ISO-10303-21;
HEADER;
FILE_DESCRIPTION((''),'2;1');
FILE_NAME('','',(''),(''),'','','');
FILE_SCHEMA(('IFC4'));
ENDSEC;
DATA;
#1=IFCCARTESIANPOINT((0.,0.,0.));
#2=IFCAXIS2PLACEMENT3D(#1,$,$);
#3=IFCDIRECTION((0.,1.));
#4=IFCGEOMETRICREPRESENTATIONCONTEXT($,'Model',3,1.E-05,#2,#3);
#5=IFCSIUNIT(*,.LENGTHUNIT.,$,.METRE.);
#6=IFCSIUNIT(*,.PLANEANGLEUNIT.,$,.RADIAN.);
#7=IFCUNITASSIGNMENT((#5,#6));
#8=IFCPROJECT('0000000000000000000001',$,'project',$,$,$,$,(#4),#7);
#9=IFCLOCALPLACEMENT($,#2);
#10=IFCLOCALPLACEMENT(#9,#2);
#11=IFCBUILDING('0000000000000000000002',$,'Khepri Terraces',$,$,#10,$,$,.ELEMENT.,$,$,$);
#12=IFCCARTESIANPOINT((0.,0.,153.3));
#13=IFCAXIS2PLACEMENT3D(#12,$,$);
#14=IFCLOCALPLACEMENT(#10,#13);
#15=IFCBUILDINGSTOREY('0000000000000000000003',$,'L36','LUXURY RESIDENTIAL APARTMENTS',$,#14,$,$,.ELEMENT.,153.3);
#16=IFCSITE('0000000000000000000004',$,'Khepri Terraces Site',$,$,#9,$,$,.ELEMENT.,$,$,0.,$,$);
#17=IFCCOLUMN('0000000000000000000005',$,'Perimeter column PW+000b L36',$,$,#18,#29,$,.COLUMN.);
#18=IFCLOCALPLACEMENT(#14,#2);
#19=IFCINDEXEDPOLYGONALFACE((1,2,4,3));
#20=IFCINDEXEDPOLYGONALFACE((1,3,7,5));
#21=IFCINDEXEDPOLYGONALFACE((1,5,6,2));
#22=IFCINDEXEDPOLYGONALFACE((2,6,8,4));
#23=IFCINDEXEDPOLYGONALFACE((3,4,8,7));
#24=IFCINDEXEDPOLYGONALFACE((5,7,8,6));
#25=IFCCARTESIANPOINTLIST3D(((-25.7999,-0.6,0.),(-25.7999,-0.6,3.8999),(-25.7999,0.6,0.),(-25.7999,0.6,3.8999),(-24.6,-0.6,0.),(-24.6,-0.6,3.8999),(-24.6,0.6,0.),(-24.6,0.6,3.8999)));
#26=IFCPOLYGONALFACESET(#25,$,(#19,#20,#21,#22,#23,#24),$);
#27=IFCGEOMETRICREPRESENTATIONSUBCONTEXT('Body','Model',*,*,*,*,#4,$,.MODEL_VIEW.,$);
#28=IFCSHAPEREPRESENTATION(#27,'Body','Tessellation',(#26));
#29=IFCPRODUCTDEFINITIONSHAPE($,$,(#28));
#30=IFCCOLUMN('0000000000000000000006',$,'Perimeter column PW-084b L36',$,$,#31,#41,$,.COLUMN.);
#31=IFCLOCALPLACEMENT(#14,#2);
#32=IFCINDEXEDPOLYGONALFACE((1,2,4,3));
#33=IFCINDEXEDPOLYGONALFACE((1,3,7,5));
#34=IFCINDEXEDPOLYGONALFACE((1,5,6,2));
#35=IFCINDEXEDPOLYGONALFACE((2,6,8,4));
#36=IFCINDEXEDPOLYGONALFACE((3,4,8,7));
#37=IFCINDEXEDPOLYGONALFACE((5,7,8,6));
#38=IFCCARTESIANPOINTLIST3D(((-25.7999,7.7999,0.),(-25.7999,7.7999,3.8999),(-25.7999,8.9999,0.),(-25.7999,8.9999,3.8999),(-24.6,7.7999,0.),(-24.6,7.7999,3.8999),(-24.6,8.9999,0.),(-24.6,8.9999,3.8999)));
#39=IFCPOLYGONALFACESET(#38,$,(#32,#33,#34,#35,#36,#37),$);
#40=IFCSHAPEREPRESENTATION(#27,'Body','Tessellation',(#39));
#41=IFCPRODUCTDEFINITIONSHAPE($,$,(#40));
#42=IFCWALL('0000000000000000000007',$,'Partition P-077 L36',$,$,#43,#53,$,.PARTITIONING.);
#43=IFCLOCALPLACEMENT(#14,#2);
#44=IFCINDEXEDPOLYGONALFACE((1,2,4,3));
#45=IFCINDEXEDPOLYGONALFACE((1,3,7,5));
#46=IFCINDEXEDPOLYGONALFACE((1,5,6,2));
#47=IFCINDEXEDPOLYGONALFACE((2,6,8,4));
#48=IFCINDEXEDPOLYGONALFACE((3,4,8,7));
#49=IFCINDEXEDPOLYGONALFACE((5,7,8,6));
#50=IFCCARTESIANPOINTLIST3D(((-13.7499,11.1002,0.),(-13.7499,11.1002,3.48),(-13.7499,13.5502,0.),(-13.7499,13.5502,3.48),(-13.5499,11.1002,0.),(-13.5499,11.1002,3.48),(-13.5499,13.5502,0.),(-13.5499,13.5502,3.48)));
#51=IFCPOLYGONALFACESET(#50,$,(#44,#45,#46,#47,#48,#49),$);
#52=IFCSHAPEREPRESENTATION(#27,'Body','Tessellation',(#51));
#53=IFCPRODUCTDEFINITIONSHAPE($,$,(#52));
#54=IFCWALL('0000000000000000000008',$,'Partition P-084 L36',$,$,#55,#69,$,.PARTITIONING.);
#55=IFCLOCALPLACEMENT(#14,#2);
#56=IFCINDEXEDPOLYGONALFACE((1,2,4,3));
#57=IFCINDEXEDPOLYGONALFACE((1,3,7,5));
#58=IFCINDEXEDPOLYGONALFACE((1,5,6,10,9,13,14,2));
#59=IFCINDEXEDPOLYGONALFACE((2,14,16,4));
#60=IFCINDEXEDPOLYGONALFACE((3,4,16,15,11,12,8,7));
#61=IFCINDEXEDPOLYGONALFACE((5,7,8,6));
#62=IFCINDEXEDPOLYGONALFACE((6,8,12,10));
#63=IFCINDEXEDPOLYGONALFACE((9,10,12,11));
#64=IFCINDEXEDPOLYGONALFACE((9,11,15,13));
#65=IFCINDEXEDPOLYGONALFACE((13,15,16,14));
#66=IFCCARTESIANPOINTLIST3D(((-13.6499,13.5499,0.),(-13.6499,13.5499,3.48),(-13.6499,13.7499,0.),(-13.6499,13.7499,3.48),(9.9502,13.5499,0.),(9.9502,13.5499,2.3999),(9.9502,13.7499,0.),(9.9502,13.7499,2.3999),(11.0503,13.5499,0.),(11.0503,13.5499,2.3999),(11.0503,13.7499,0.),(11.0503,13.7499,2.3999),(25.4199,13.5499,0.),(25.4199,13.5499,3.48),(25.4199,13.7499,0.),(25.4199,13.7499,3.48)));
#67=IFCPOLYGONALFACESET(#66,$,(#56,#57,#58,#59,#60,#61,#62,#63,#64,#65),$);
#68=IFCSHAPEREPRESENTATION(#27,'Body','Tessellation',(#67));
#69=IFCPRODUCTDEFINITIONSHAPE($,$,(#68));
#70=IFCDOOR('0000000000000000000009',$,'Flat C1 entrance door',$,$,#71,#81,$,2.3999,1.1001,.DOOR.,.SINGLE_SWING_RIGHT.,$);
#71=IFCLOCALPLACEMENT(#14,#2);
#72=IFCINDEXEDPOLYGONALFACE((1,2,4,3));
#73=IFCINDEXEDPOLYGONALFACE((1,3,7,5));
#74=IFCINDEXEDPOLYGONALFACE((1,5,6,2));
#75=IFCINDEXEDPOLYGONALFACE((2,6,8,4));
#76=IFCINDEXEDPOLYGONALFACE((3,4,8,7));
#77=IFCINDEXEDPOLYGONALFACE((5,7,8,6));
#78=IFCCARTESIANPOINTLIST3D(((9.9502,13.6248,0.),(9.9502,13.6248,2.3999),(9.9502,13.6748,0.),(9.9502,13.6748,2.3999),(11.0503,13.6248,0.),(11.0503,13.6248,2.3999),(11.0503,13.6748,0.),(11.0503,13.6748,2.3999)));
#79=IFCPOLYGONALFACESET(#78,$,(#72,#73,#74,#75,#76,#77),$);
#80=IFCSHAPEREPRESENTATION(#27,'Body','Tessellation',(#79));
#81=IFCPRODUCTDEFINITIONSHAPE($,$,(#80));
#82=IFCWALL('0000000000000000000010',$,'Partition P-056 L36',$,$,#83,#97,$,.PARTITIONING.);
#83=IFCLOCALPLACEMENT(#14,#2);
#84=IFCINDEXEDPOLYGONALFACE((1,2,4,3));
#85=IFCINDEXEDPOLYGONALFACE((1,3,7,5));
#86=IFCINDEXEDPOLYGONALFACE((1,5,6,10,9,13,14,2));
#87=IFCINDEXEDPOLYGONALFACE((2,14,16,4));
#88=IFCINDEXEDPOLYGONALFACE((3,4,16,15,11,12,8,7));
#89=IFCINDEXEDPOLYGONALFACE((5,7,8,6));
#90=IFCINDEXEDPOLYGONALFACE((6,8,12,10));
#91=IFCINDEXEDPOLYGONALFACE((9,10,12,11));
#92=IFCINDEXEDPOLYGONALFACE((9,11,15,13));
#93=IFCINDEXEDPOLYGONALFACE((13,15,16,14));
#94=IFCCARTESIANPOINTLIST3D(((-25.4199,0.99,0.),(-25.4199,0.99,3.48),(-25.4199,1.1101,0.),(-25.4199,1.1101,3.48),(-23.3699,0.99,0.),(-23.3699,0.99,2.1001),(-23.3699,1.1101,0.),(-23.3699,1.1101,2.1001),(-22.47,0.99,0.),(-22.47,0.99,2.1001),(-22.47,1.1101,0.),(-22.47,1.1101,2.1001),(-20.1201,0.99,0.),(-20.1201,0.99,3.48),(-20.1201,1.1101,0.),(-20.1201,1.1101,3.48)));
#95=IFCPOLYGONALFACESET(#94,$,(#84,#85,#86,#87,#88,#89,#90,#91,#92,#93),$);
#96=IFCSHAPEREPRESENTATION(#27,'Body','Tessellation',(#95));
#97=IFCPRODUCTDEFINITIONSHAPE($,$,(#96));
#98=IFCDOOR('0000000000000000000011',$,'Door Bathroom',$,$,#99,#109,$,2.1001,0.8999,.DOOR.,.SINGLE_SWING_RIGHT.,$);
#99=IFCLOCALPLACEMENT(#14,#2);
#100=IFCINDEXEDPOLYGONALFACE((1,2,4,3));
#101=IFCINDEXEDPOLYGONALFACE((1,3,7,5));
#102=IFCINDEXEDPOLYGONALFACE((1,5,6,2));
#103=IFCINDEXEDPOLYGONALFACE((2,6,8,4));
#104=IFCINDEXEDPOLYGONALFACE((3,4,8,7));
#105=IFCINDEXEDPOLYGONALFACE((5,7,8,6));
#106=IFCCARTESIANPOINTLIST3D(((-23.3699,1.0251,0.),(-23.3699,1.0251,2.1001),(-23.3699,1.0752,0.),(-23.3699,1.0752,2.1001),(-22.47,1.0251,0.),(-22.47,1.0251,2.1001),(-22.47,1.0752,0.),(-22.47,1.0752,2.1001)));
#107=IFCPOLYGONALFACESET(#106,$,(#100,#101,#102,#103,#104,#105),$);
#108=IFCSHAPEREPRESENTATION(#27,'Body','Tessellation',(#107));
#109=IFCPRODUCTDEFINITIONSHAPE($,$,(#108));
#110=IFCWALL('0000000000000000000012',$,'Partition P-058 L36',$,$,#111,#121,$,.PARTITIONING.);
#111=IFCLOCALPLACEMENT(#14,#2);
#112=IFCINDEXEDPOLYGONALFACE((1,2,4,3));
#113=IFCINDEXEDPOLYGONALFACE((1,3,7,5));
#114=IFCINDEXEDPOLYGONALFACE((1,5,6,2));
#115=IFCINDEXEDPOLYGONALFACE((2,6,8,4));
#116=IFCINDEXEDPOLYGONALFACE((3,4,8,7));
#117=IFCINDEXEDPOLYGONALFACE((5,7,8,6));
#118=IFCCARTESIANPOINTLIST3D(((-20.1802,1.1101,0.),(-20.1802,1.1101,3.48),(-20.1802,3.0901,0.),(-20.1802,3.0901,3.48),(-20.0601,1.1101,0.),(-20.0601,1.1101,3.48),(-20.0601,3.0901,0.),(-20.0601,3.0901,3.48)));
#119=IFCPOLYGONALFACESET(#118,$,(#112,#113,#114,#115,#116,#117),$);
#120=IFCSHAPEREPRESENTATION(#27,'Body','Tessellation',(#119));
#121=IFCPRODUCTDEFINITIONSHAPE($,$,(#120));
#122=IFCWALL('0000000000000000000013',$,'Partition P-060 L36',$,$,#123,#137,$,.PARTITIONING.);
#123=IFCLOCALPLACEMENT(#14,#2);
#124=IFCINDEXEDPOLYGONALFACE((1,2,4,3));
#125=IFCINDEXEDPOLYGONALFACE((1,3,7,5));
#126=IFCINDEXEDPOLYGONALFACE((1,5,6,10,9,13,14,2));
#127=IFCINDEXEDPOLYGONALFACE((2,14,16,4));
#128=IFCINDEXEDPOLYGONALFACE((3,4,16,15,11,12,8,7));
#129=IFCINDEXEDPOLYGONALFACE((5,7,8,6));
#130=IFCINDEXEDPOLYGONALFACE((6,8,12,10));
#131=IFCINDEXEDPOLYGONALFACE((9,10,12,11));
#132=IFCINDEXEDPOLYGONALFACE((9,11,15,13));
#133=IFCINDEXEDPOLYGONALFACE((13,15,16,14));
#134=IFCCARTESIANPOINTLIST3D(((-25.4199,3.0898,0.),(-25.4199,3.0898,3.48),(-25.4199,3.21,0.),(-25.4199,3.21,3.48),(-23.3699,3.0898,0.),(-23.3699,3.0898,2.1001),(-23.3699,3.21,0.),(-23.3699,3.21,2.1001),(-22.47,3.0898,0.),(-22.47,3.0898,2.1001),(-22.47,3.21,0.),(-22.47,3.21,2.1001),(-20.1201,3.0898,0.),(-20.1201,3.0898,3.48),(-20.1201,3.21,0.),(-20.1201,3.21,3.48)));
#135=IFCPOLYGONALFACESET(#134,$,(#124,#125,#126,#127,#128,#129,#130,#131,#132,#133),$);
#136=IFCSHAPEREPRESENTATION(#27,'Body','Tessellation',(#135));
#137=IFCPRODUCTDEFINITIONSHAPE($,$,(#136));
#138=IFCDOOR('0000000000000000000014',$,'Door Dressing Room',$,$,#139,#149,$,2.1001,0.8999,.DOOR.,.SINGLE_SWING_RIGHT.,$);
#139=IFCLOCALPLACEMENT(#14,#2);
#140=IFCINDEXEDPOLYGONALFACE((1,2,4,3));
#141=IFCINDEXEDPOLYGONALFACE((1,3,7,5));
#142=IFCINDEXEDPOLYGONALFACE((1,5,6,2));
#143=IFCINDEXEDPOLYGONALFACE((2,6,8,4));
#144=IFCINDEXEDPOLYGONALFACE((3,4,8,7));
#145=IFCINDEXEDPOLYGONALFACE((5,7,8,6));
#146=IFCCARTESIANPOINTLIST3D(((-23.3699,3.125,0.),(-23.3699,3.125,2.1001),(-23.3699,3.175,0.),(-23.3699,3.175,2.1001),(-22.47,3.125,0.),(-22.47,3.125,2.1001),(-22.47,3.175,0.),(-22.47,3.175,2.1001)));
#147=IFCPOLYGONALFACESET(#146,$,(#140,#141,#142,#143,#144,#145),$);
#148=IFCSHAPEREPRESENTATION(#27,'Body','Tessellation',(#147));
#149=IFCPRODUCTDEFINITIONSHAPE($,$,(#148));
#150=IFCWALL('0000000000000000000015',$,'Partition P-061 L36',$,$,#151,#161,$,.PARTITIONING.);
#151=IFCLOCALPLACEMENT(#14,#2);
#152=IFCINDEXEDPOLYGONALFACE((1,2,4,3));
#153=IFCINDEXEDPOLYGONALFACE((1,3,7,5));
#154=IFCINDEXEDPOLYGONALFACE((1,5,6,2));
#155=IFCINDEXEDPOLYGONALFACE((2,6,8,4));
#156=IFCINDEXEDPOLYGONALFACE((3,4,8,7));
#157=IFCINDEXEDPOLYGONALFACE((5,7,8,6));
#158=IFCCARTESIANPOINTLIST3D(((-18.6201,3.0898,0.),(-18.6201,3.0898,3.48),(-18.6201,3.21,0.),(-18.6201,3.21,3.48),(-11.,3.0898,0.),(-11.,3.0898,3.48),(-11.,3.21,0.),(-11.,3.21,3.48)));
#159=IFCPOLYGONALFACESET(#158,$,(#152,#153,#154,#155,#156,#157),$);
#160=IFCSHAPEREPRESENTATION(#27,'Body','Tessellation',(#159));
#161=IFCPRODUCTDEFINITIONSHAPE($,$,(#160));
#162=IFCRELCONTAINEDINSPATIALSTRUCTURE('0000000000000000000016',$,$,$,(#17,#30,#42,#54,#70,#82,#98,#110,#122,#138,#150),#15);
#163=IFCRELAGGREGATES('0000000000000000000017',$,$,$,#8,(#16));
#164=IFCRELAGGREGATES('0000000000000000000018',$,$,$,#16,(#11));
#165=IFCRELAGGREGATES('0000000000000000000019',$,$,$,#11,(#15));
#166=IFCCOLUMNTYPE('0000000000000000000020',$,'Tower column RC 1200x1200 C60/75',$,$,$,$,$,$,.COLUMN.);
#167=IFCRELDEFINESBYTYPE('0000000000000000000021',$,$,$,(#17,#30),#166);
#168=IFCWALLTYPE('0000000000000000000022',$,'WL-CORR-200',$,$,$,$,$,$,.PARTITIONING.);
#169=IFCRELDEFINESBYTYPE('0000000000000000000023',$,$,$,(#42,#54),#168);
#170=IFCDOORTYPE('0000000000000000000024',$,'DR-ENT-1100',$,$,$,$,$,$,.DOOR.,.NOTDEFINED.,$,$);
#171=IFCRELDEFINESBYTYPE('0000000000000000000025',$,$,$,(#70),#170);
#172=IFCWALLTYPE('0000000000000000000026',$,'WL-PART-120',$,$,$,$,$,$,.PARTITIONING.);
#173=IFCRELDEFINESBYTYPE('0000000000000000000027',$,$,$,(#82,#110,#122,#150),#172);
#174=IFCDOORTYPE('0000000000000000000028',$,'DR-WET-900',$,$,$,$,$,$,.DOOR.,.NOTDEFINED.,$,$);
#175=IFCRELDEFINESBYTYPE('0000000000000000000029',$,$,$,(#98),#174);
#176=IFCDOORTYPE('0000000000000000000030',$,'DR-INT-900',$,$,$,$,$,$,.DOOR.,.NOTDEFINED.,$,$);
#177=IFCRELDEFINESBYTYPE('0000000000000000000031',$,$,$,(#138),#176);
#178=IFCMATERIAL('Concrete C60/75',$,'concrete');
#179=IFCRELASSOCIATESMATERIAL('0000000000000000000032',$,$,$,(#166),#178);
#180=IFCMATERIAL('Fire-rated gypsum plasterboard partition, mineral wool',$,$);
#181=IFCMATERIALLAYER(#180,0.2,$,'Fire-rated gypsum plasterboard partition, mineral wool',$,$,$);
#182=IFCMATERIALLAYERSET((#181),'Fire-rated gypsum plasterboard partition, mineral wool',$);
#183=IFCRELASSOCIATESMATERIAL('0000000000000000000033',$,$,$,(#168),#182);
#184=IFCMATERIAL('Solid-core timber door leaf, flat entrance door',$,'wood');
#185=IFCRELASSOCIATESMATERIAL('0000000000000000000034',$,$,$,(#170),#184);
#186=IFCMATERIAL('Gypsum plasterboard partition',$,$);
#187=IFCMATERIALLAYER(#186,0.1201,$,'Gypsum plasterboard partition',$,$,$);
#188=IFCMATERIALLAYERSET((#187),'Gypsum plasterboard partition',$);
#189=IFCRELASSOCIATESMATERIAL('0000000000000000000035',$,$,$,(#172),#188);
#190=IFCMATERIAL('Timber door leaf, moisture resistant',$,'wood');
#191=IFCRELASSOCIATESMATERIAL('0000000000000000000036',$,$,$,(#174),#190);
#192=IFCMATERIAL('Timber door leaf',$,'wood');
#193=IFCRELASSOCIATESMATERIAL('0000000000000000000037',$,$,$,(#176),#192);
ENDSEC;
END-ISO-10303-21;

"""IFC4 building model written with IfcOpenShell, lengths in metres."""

from ifc_helpers import new_model, si_unit, direction, frame, frame_2d, origin, origin_2d, place, context, subcontext, project, spatial, rectangle, extrude, material, layer, layer_set, material_profile, profile_set, type_object, element, fill, save


model = new_model("IFC4")

# Units and contexts
model_context = context("Model", 3, precision=1e-05, world=origin(), true_north=direction((0.0, 1.0)))
body_context = subcontext(model_context, "Body", "Model", "MODEL_VIEW")
ifc_project = project(units=[si_unit("LENGTHUNIT", "METRE"), si_unit("PLANEANGLEUNIT", "RADIAN")], contexts=[model_context])

# Site, building, storey
site_placement = place(None, origin())
site = spatial("IfcSite", under=ifc_project, at=site_placement, Name="Khepri Terraces Site", CompositionType="ELEMENT", RefElevation=0.0)
building_placement = place(site_placement, origin())
building = spatial("IfcBuilding", under=site, at=building_placement, Name="Khepri Terraces", CompositionType="ELEMENT")
storey_placement = place(building_placement, frame((0.0, 0.0, 153.3)))
storey = spatial("IfcBuildingStorey", under=building, at=storey_placement, Name="L36", Description="LUXURY RESIDENTIAL APARTMENTS", CompositionType="ELEMENT", Elevation=153.3)

# Columns
ifc_material_1 = material(Name="Concrete C60/75", Category="concrete")
ifc_material_profile = material_profile(ifc_material_1, rectangle(XDim=1.2, YDim=1.2, at=origin_2d()), Name="Concrete C60/75", Category="concrete")
ifc_profile_set = profile_set([ifc_material_profile], Name="Concrete C60/75")
column_type = type_object("IfcColumnType", Name="Tower column RC 1200x1200 C60/75", PredefinedType="COLUMN", material=ifc_profile_set)
for number, where, z_axis, x_axis, name in (
    (1, (-25.2, 0.0, 0.0), (0.0, 0.0, 1.0), (1.0, 0.0, 0.0), "Perimeter column PW+000b L36"),
    (2, (-25.2, 8.3999, 0.0), (0.0, 0.0, 1.0), (1.0, 0.0, 0.0), "Perimeter column PW-084b L36"),
):
    element("IfcColumn", number, at=place(storey_placement, frame(where, z_axis=z_axis, x_axis=x_axis)), inside=storey, type_object=column_type, Name=name, PredefinedType="COLUMN", context=body_context, shape_type="SweptSolid", body=[
        extrude(rectangle(XDim=1.2, YDim=1.2, at=origin_2d()), origin(), (0.0, 0.0, 1.0), 3.8999),
    ])

# Shared definitions
ifc_material_2 = material(Name="Fire-rated gypsum plasterboard partition, mineral wool")
ifc_layer_1 = layer(ifc_material_2, 0.2, Name="Fire-rated gypsum plasterboard partition, mineral wool")
ifc_layer_set_1 = layer_set([ifc_layer_1], Name="Fire-rated gypsum plasterboard partition, mineral wool")
wall_type_1 = type_object("IfcWallType", Name="WL-CORR-200", PredefinedType="PARTITIONING", material=ifc_layer_set_1)
ifc_material_3 = material(Name="Solid-core timber door leaf, flat entrance door", Category="wood")
door_type_1 = type_object("IfcDoorType", Name="DR-ENT-1100", OperationType="NOTDEFINED", PredefinedType="DOOR", material=ifc_material_3)

# Wall
wall_1_placement = place(storey_placement, frame((-13.6499, 11.1001, 0.0), z_axis=(0.0, 0.0, 1.0), x_axis=(0.0, 1.0, 0.0)))
element("IfcWall", 3, at=wall_1_placement, inside=storey, type_object=wall_type_1, Name="Partition P-077 L36", PredefinedType="PARTITIONING", context=body_context, shape_type="SweptSolid", body=[
    extrude(rectangle(XDim=2.45, YDim=0.2, at=frame_2d((1.2251, 0.0))), origin(), (0.0, 0.0, 1.0), 3.48),
])

# Wall, opening, door
wall_2_placement = place(storey_placement, frame((-13.6499, 13.6499, 0.0), z_axis=(0.0, 0.0, 1.0), x_axis=(1.0, 0.0, 0.0)))
wall_2 = element("IfcWall", 4, at=wall_2_placement, inside=storey, type_object=wall_type_1, Name="Partition P-084 L36", PredefinedType="PARTITIONING", context=body_context, shape_type="SweptSolid", body=[
    extrude(rectangle(XDim=39.0698, YDim=0.2, at=frame_2d((19.5349, 0.0))), origin(), (0.0, 0.0, 1.0), 3.48),
])
opening_1_placement = place(wall_2_placement, frame((23.6001, 0.0, 0.0)))
opening_1 = element("IfcOpeningElement", 5, at=opening_1_placement, cuts=wall_2, PredefinedType="OPENING", context=body_context, shape_type="SweptSolid", body=[
    extrude(rectangle(XDim=1.1001, YDim=2.3999, at=frame_2d((0.55, 1.2))), frame((0.0, 0.1099, 0.0), z_axis=(0.0, -1.0, 0.0), x_axis=(1.0, 0.0, 0.0)), (0.0, 0.0, 1.0), 0.22),
])
door_1_placement = place(opening_1_placement, origin())
door_1 = element("IfcDoor", 6, at=door_1_placement, inside=storey, type_object=door_type_1, Name="Flat C1 entrance door", OperationType="SINGLE_SWING_RIGHT", OverallHeight=2.3999, OverallWidth=1.1001, PredefinedType="DOOR", context=body_context, shape_type="SweptSolid", body=[
    extrude(rectangle(XDim=1.1001, YDim=2.3999, at=frame_2d((0.55, 1.2))), frame((0.0, 0.0249, 0.0), z_axis=(0.0, -1.0, 0.0), x_axis=(1.0, 0.0, 0.0)), (0.0, 0.0, 1.0), 0.05),
])
fill(opening_1, door_1)

# Wall, opening, door
ifc_material_4 = material(Name="Gypsum plasterboard partition")
ifc_layer_2 = layer(ifc_material_4, 0.1201, Name="Gypsum plasterboard partition")
ifc_layer_set_2 = layer_set([ifc_layer_2], Name="Gypsum plasterboard partition")
wall_type_2 = type_object("IfcWallType", Name="WL-PART-120", PredefinedType="PARTITIONING", material=ifc_layer_set_2)
wall_3_placement = place(storey_placement, frame((-25.4199, 1.05, 0.0), z_axis=(0.0, 0.0, 1.0), x_axis=(1.0, 0.0, 0.0)))
wall_3 = element("IfcWall", 7, at=wall_3_placement, inside=storey, type_object=wall_type_2, Name="Partition P-056 L36", PredefinedType="PARTITIONING", context=body_context, shape_type="SweptSolid", body=[
    extrude(rectangle(XDim=5.2998, YDim=0.1201, at=frame_2d((2.6499, 0.0))), origin(), (0.0, 0.0, 1.0), 3.48),
])
opening_2_placement = place(wall_3_placement, frame((2.05, 0.0, 0.0)))
opening_2 = element("IfcOpeningElement", 8, at=opening_2_placement, cuts=wall_3, PredefinedType="OPENING", context=body_context, shape_type="SweptSolid", body=[
    extrude(rectangle(XDim=0.8999, YDim=2.1001, at=frame_2d((0.45, 1.05))), frame((0.0, 0.0701, 0.0), z_axis=(0.0, -1.0, 0.0), x_axis=(1.0, 0.0, 0.0)), (0.0, 0.0, 1.0), 0.1401),
])
ifc_material_5 = material(Name="Timber door leaf, moisture resistant", Category="wood")
door_type_2 = type_object("IfcDoorType", Name="DR-WET-900", OperationType="NOTDEFINED", PredefinedType="DOOR", material=ifc_material_5)
door_2_placement = place(opening_2_placement, frame((0.8999, 0.0, 0.0), z_axis=(0.0, 0.0, 1.0), x_axis=(-1.0, 0.0, 0.0)))
door_2 = element("IfcDoor", 9, at=door_2_placement, inside=storey, type_object=door_type_2, Name="Door Bathroom", OperationType="SINGLE_SWING_RIGHT", OverallHeight=2.1001, OverallWidth=0.8999, PredefinedType="DOOR", context=body_context, shape_type="SweptSolid", body=[
    extrude(rectangle(XDim=0.8999, YDim=2.1001, at=frame_2d((0.45, 1.05))), frame((0.0, 0.0249, 0.0), z_axis=(0.0, -1.0, 0.0), x_axis=(1.0, 0.0, 0.0)), (0.0, 0.0, 1.0), 0.05),
])
fill(opening_2, door_2)

# Wall
wall_4_placement = place(storey_placement, frame((-20.1201, 1.1101, 0.0), z_axis=(0.0, 0.0, 1.0), x_axis=(0.0, 1.0, 0.0)))
element("IfcWall", 10, at=wall_4_placement, inside=storey, type_object=wall_type_2, Name="Partition P-058 L36", PredefinedType="PARTITIONING", context=body_context, shape_type="SweptSolid", body=[
    extrude(rectangle(XDim=1.98, YDim=0.1201, at=frame_2d((0.99, 0.0))), origin(), (0.0, 0.0, 1.0), 3.48),
])

# Wall, opening, door
wall_5_placement = place(storey_placement, frame((-25.4199, 3.1499, 0.0), z_axis=(0.0, 0.0, 1.0), x_axis=(1.0, 0.0, 0.0)))
wall_5 = element("IfcWall", 11, at=wall_5_placement, inside=storey, type_object=wall_type_2, Name="Partition P-060 L36", PredefinedType="PARTITIONING", context=body_context, shape_type="SweptSolid", body=[
    extrude(rectangle(XDim=5.2998, YDim=0.1201, at=frame_2d((2.6499, 0.0))), origin(), (0.0, 0.0, 1.0), 3.48),
])
opening_3_placement = place(wall_5_placement, frame((2.05, 0.0, 0.0)))
opening_3 = element("IfcOpeningElement", 12, at=opening_3_placement, cuts=wall_5, PredefinedType="OPENING", context=body_context, shape_type="SweptSolid", body=[
    extrude(rectangle(XDim=0.8999, YDim=2.1001, at=frame_2d((0.45, 1.05))), frame((0.0, 0.0701, 0.0), z_axis=(0.0, -1.0, 0.0), x_axis=(1.0, 0.0, 0.0)), (0.0, 0.0, 1.0), 0.1401),
])
ifc_material_6 = material(Name="Timber door leaf", Category="wood")
door_type_3 = type_object("IfcDoorType", Name="DR-INT-900", OperationType="NOTDEFINED", PredefinedType="DOOR", material=ifc_material_6)
door_3_placement = place(opening_3_placement, frame((0.8999, 0.0, 0.0), z_axis=(0.0, 0.0, 1.0), x_axis=(-1.0, 0.0, 0.0)))
door_3 = element("IfcDoor", 13, at=door_3_placement, inside=storey, type_object=door_type_3, Name="Door Dressing Room", OperationType="SINGLE_SWING_RIGHT", OverallHeight=2.1001, OverallWidth=0.8999, PredefinedType="DOOR", context=body_context, shape_type="SweptSolid", body=[
    extrude(rectangle(XDim=0.8999, YDim=2.1001, at=frame_2d((0.45, 1.05))), frame((0.0, 0.0249, 0.0), z_axis=(0.0, -1.0, 0.0), x_axis=(1.0, 0.0, 0.0)), (0.0, 0.0, 1.0), 0.05),
])
fill(opening_3, door_3)

# Wall
wall_6_placement = place(storey_placement, frame((-18.6201, 3.1499, 0.0), z_axis=(0.0, 0.0, 1.0), x_axis=(1.0, 0.0, 0.0)))
element("IfcWall", 14, at=wall_6_placement, inside=storey, type_object=wall_type_2, Name="Partition P-061 L36", PredefinedType="PARTITIONING", context=body_context, shape_type="SweptSolid", body=[
    extrude(rectangle(XDim=7.6201, YDim=0.1201, at=frame_2d((3.8101, 0.0))), origin(), (0.0, 0.0, 1.0), 3.48),
])

save(model, "model.ifc")
